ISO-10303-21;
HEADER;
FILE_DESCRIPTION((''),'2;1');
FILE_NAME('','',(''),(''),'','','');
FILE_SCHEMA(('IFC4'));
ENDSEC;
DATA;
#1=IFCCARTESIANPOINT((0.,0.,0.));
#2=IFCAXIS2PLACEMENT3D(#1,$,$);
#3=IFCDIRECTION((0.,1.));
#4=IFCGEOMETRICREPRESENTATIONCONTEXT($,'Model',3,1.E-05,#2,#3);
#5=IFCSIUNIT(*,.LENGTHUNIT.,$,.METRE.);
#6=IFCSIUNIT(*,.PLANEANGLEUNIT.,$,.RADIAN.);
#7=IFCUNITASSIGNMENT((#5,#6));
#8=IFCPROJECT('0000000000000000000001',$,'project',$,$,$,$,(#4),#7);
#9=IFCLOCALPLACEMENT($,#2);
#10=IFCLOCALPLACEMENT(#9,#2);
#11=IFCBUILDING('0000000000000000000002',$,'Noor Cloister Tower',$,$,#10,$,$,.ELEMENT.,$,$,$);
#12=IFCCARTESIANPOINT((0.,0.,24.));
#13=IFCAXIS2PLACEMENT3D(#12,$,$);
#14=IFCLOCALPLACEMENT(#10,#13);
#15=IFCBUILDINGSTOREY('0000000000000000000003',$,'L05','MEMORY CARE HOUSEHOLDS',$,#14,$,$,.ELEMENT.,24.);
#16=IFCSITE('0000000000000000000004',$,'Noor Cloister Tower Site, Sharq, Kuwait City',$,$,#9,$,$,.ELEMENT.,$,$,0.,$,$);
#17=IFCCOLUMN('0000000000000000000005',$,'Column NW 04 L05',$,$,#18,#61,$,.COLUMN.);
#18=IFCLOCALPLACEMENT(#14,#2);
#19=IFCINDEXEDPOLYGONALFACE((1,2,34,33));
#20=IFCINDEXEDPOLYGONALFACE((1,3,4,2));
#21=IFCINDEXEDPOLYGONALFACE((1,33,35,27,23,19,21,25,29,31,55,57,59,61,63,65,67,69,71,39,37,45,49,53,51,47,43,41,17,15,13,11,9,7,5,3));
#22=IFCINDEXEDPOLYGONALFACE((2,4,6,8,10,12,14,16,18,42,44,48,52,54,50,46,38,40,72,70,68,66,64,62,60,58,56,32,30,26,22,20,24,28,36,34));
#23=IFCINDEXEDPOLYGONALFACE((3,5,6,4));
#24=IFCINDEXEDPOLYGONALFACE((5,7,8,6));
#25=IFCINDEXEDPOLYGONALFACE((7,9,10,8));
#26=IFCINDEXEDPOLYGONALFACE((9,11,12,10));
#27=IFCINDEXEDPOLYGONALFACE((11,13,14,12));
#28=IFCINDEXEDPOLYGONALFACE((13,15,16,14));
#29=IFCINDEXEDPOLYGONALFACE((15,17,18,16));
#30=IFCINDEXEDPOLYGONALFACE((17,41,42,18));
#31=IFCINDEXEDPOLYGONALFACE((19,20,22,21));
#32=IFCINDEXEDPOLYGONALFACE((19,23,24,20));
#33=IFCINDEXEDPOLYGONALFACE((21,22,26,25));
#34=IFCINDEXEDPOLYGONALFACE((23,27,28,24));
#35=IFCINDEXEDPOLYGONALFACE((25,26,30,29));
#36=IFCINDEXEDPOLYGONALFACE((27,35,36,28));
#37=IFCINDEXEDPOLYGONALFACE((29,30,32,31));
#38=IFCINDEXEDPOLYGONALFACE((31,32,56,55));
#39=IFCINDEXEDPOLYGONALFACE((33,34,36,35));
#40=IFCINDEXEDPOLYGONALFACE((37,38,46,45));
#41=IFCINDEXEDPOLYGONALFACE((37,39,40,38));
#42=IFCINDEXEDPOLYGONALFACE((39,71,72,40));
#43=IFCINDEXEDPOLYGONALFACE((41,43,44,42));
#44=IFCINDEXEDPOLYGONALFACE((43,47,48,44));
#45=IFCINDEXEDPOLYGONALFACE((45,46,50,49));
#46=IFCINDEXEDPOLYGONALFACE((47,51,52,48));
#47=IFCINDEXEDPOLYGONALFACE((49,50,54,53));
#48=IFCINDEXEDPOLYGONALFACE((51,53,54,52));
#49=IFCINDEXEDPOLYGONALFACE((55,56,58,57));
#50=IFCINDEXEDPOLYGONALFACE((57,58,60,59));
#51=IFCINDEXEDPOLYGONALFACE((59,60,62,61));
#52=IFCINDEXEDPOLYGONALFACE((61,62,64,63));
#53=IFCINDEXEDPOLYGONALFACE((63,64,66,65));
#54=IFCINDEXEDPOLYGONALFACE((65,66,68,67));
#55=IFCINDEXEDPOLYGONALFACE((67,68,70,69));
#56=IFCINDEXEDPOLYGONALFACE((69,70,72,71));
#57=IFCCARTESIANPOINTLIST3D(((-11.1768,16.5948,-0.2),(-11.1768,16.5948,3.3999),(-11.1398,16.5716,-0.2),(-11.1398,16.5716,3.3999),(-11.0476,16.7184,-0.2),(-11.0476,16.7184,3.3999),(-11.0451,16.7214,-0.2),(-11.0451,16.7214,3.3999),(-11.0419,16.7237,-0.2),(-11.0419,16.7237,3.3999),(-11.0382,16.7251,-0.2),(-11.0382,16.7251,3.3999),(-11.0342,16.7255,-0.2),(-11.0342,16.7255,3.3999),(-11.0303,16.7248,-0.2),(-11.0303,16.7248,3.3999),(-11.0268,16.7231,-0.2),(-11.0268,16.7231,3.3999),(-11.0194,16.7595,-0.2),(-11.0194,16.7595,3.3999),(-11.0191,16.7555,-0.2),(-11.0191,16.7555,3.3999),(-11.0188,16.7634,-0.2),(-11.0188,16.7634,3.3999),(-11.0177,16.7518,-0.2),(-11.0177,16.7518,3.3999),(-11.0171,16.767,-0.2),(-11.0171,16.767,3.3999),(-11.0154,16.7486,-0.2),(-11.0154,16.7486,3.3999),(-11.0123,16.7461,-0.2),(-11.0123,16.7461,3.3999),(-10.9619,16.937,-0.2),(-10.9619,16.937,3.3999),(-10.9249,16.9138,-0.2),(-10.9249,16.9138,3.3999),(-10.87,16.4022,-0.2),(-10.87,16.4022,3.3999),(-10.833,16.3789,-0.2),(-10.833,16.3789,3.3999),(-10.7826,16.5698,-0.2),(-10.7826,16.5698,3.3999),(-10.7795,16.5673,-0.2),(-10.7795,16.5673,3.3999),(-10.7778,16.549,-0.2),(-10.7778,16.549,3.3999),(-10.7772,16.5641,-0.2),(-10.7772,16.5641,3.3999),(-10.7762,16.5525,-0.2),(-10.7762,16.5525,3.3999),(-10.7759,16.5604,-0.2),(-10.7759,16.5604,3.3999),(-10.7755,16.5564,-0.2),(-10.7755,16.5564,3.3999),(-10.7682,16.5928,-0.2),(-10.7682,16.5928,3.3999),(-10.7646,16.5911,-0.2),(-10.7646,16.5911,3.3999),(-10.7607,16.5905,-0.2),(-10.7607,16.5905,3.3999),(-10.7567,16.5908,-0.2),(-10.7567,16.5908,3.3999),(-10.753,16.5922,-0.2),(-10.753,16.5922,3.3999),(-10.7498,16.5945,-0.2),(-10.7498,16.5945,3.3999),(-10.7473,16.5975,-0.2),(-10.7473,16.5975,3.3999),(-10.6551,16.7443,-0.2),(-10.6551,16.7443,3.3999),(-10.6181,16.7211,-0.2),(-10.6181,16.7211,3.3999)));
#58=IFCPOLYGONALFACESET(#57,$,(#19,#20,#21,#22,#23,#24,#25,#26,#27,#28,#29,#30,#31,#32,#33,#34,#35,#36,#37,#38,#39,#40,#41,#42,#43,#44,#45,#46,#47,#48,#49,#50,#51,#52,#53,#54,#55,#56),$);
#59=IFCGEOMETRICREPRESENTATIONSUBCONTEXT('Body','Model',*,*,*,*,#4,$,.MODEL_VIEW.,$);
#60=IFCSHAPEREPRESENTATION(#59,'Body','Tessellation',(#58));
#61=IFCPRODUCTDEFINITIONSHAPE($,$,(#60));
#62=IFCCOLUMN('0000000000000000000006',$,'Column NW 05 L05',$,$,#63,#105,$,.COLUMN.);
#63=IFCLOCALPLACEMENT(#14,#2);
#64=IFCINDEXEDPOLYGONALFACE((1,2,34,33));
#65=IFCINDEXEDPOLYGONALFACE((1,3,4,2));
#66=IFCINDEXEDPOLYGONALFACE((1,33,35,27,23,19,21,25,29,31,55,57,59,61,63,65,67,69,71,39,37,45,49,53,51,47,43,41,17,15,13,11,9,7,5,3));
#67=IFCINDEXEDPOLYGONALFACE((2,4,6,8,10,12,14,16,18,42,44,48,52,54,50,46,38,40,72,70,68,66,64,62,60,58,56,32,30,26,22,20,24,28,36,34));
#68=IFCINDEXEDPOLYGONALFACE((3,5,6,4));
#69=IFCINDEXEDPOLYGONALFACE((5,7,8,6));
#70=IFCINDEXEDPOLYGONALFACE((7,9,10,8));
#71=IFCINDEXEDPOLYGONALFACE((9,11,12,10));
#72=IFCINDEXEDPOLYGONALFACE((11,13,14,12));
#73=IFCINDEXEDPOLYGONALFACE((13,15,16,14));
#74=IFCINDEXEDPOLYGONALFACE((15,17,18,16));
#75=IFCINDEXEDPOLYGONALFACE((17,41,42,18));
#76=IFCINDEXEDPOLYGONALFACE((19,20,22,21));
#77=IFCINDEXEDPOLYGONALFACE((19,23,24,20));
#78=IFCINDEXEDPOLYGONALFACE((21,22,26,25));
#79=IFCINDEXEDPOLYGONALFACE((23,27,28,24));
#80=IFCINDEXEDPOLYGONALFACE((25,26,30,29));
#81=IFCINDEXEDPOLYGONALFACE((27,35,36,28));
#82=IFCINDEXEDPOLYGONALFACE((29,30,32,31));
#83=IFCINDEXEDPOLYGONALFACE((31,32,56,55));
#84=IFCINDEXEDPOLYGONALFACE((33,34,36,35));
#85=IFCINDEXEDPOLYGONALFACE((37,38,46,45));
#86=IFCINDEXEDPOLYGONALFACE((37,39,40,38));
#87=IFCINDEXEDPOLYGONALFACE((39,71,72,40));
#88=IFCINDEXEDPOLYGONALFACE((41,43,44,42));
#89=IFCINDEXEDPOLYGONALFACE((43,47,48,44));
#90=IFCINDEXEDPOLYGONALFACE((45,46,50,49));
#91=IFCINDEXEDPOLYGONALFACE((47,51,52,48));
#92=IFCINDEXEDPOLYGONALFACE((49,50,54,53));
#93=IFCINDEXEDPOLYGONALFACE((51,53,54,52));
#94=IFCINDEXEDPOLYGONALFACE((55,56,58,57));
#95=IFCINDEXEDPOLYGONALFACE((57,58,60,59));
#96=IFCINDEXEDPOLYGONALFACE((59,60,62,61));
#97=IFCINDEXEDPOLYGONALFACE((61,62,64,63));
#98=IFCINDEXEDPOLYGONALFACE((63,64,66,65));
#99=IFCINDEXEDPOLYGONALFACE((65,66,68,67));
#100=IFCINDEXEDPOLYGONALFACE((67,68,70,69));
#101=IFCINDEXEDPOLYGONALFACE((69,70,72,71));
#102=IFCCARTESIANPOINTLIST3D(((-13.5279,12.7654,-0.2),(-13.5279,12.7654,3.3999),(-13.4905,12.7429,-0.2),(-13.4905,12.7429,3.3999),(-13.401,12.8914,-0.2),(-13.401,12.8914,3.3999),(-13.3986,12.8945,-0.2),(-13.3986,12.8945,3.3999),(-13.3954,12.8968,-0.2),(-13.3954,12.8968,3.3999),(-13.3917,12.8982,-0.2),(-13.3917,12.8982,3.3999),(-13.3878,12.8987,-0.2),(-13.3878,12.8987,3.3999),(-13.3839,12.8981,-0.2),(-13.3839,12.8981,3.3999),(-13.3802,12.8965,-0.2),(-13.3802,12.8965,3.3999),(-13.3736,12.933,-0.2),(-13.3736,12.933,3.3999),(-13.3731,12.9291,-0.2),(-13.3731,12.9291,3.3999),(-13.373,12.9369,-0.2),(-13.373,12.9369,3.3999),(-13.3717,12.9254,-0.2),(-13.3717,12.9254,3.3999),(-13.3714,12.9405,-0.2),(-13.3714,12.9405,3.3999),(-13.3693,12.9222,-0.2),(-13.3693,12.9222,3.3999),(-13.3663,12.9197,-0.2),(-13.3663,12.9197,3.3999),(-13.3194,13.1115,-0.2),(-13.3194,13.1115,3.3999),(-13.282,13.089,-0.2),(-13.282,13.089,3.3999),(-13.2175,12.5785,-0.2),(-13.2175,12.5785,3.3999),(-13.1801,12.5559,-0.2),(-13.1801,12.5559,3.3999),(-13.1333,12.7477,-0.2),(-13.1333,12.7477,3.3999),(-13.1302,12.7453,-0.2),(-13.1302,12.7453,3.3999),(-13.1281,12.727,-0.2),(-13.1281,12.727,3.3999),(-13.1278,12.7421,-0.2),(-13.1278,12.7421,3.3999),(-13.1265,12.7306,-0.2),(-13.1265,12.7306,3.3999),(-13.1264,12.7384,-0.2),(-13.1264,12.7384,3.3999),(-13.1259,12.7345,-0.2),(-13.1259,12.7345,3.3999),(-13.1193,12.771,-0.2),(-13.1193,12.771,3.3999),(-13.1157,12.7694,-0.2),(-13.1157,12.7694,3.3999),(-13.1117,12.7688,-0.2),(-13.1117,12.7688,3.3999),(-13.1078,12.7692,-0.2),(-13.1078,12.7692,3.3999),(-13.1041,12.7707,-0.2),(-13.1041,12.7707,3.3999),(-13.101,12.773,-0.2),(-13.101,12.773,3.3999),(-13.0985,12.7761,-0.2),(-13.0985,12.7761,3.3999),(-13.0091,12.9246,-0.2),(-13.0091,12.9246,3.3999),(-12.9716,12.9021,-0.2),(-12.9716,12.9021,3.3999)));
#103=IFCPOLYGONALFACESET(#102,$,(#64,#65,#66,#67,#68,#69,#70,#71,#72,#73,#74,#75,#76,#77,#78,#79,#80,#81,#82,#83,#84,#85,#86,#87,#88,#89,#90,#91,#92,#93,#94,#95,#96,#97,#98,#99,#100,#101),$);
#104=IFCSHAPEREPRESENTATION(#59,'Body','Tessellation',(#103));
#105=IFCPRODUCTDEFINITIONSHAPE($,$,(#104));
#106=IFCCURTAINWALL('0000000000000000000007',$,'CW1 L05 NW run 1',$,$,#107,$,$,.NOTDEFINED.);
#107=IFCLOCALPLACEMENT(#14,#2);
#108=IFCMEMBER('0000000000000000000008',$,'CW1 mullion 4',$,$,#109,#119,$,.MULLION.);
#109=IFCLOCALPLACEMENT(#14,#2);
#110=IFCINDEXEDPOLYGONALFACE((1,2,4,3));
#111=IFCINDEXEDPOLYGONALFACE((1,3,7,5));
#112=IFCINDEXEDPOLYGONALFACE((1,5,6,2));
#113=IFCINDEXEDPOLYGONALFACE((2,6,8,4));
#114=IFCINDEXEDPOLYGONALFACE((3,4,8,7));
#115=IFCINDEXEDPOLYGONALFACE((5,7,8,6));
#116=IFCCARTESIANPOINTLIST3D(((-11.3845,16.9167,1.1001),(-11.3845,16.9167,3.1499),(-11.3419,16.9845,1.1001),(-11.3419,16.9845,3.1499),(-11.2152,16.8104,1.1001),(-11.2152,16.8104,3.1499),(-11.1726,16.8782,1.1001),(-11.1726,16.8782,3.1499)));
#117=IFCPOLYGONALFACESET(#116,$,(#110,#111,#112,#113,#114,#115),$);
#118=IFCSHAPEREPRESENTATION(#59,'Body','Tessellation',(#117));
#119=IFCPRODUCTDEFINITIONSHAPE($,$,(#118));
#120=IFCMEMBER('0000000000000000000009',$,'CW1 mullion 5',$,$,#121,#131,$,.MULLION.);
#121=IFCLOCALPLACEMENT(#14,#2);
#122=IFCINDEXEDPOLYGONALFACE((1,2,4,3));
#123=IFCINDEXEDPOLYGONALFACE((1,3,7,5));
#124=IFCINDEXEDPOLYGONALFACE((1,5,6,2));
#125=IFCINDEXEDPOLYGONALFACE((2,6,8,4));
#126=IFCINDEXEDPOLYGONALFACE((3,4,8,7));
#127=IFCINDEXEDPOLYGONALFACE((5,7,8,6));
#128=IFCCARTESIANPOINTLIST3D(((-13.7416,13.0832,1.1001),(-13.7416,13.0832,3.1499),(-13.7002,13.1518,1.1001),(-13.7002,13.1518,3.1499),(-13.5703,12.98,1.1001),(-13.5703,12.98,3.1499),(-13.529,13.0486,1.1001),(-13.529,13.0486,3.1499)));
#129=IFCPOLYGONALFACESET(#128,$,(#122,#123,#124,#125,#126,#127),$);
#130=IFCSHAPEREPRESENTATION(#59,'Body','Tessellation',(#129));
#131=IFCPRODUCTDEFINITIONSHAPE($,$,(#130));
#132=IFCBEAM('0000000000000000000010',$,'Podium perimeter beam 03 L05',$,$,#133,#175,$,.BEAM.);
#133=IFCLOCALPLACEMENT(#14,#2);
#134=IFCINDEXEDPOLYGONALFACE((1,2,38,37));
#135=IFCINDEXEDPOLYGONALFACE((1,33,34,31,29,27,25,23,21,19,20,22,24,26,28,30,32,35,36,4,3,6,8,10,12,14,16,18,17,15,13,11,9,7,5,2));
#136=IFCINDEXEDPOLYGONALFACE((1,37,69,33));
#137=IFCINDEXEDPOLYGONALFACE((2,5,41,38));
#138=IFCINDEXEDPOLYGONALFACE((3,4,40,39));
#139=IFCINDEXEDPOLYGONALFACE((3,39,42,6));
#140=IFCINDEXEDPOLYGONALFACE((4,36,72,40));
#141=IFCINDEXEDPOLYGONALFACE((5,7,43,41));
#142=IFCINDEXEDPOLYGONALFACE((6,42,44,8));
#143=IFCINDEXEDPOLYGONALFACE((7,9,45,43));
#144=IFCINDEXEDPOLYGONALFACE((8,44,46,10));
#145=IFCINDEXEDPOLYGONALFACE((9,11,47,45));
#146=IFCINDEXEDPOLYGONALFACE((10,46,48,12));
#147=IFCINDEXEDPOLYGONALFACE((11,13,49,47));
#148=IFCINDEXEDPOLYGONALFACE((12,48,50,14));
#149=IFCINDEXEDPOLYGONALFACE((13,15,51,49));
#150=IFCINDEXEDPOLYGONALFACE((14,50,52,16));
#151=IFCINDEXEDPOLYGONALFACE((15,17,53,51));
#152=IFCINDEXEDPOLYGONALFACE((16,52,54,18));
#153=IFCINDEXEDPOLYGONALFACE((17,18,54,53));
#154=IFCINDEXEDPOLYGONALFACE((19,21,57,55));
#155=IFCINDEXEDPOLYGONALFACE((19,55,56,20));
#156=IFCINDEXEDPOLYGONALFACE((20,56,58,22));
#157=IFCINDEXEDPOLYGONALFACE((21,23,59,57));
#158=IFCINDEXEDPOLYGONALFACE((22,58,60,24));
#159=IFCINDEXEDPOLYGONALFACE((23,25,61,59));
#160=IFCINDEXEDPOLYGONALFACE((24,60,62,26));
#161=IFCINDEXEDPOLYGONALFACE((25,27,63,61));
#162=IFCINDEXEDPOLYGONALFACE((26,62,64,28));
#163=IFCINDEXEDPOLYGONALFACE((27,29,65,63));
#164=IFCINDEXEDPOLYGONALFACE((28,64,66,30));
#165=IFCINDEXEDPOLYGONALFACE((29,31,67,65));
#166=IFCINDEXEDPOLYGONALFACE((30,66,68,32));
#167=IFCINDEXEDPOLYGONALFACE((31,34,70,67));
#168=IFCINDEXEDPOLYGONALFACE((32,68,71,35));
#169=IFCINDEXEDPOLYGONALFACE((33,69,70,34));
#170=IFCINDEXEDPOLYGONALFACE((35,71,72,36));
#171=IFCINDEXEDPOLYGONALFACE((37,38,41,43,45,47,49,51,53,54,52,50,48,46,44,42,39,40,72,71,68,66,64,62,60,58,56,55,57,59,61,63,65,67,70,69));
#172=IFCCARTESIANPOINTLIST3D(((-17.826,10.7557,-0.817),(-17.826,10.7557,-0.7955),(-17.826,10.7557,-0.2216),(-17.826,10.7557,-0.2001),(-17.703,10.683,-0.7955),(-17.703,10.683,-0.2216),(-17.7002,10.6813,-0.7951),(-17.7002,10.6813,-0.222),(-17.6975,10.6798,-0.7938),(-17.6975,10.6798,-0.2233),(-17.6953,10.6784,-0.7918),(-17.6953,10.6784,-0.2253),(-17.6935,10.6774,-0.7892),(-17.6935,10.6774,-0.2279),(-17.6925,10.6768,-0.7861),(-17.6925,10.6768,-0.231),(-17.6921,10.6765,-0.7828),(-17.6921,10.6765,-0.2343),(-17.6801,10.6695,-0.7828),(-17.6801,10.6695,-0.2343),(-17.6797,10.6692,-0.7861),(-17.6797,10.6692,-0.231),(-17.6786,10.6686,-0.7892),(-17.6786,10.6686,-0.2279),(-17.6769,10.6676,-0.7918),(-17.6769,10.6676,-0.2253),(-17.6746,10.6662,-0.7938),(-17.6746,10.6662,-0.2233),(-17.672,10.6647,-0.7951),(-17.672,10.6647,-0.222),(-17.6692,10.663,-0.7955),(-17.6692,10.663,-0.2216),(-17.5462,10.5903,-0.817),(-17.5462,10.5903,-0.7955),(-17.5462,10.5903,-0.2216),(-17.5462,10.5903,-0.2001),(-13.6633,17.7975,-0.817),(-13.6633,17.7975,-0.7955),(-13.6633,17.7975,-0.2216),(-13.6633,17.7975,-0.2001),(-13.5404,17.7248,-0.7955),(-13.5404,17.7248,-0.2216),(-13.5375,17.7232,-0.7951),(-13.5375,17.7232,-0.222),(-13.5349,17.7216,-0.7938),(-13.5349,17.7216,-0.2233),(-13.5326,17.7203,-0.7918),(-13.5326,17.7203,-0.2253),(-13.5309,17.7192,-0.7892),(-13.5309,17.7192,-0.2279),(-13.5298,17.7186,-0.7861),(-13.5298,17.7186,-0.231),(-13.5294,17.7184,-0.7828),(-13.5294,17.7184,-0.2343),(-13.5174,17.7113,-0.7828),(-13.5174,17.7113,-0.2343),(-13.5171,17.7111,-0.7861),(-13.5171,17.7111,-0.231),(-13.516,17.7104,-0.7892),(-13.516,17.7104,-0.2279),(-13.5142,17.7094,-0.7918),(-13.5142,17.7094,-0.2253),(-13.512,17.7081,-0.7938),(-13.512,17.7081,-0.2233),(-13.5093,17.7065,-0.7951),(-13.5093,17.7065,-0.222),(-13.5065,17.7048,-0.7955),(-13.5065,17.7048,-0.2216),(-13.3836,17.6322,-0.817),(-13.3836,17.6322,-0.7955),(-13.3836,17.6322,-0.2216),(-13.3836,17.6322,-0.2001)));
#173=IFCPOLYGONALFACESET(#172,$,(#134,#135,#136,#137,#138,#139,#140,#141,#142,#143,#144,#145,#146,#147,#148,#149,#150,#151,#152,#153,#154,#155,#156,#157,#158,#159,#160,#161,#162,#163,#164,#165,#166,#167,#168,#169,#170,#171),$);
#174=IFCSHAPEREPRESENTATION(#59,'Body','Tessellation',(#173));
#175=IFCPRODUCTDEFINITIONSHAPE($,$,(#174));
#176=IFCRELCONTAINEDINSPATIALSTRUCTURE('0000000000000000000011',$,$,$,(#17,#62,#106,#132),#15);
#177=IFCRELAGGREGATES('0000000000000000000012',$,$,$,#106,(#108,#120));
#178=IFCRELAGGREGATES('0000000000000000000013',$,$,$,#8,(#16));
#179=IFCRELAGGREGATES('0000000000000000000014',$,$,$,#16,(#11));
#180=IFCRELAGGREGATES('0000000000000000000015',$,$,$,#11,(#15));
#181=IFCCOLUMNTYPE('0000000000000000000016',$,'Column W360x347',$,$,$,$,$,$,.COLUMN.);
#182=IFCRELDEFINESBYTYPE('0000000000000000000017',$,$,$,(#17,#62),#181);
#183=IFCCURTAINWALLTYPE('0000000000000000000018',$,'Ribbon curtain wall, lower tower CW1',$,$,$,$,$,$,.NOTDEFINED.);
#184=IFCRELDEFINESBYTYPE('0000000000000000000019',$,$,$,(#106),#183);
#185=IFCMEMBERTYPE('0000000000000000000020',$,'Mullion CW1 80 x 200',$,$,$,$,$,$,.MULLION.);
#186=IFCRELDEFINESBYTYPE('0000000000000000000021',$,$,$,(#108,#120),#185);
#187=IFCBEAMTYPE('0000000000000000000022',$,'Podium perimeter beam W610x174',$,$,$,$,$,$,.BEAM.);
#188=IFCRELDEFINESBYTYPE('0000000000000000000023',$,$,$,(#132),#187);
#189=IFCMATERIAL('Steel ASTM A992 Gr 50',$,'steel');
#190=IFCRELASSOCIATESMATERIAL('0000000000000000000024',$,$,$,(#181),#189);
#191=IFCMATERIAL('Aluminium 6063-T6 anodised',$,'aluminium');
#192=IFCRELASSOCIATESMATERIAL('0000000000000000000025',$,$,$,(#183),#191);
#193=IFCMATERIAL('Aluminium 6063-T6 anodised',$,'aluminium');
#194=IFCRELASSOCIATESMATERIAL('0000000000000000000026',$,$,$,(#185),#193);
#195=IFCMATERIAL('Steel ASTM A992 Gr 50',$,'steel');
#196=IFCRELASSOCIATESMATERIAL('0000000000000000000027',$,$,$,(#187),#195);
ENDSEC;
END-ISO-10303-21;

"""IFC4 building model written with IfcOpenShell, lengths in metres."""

from ifc_helpers import new_model, si_unit, direction, frame, origin, origin_2d, place, context, subcontext, project, spatial, rectangle, i_section, extrude, material, material_profile, profile_set, type_object, element, aggregate, save


model = new_model("IFC4")

# Units and contexts
model_context = context("Model", 3, precision=1e-05, world=origin(), true_north=direction((0.0, 1.0)))
body_context = subcontext(model_context, "Body", "Model", "MODEL_VIEW")
ifc_project = project(units=[si_unit("LENGTHUNIT", "METRE"), si_unit("PLANEANGLEUNIT", "RADIAN")], contexts=[model_context])

# Site, building, storey
site_placement = place(None, origin())
site = spatial("IfcSite", under=ifc_project, at=site_placement, Name="Noor Cloister Tower Site, Sharq, Kuwait City", CompositionType="ELEMENT", RefElevation=0.0)
building_placement = place(site_placement, origin())
building = spatial("IfcBuilding", under=site, at=building_placement, Name="Noor Cloister Tower", CompositionType="ELEMENT")
storey_placement = place(building_placement, frame((0.0, 0.0, 24.0)))
storey = spatial("IfcBuildingStorey", under=building, at=storey_placement, Name="L05", Description="MEMORY CARE HOUSEHOLDS", CompositionType="ELEMENT", Elevation=24.0)

# Columns
ifc_material_1 = material(Name="Steel ASTM A992 Gr 50", Category="steel")
ifc_material_profile_1 = material_profile(ifc_material_1, i_section(OverallWidth=0.4041, OverallDepth=0.406, WebThickness=0.0271, FlangeThickness=0.0437, FilletRadius=0.0151, at=origin_2d()), Name="W360x347")
ifc_profile_set_1 = profile_set([ifc_material_profile_1], Name="Steel ASTM A992 Gr 50")
column_type = type_object("IfcColumnType", Name="Column W360x347", PredefinedType="COLUMN", material=ifc_profile_set_1)
for number, where, z_axis, x_axis, name in (
    (1, (-10.8975, 16.658, -0.2), (0.0, 0.0, 1.0), (-0.531785, -0.84688, 0.0), "Column NW 04 L05"),
    (2, (-13.2498, 12.8337, -0.2), (0.0, 0.0, 1.0), (-0.515981, -0.8566, 0.0), "Column NW 05 L05"),
):
    element("IfcColumn", number, at=place(storey_placement, frame(where, z_axis=z_axis, x_axis=x_axis)), inside=storey, type_object=column_type, Name=name, PredefinedType="COLUMN", context=body_context, shape_type="SweptSolid", body=[
        extrude(i_section(OverallWidth=0.4041, OverallDepth=0.406, WebThickness=0.0271, FlangeThickness=0.0437, FilletRadius=0.0151, at=origin_2d()), origin(), (0.0, 0.0, 1.0), 3.5999),
    ])

# Curtain wall, members
ifc_material_2 = material(Name="Aluminium 6063-T6 anodised", Category="aluminium")
curtain_wall_type = type_object("IfcCurtainWallType", Name="Ribbon curtain wall, lower tower CW1", PredefinedType="NOTDEFINED", material=ifc_material_2)
curtain_wall_placement = place(storey_placement, origin())
curtain_wall = element("IfcCurtainWall", 3, at=curtain_wall_placement, inside=storey, type_object=curtain_wall_type, Name="CW1 L05 NW run 1", PredefinedType="NOTDEFINED")
ifc_material_3 = material(Name="Aluminium 6063-T6 anodised", Category="aluminium")
ifc_material_profile_2 = material_profile(ifc_material_3, rectangle(XDim=0.2, YDim=0.0801, at=origin_2d()), Name="200 x 80 mullion")
ifc_profile_set_2 = profile_set([ifc_material_profile_2], Name="Aluminium 6063-T6 anodised")
member_type = type_object("IfcMemberType", Name="Mullion CW1 80 x 200", PredefinedType="MULLION", material=ifc_profile_set_2)
member_1_placement = place(storey_placement, frame((-11.2786, 16.8975, 1.1001), z_axis=(0.0, 0.0, 1.0), x_axis=(0.84688, -0.531785, 0.0)))
member_1 = element("IfcMember", 4, at=member_1_placement, type_object=member_type, Name="CW1 mullion 4", PredefinedType="MULLION", context=body_context, shape_type="SweptSolid", body=[
    extrude(rectangle(XDim=0.2, YDim=0.0801, at=origin_2d()), origin(), (0.0, 0.0, 1.0), 2.0498),
])
member_2_placement = place(storey_placement, frame((-13.6353, 13.0659, 1.1001), z_axis=(0.0, 0.0, 1.0), x_axis=(0.8566, -0.515981, 0.0)))
member_2 = element("IfcMember", 5, at=member_2_placement, type_object=member_type, Name="CW1 mullion 5", PredefinedType="MULLION", context=body_context, shape_type="SweptSolid", body=[
    extrude(rectangle(XDim=0.2, YDim=0.0801, at=origin_2d()), origin(), (0.0, 0.0, 1.0), 2.0498),
])

# Beam
ifc_material_4 = material(Name="Steel ASTM A992 Gr 50", Category="steel")
ifc_material_profile_3 = material_profile(ifc_material_4, i_section(OverallWidth=0.325, OverallDepth=0.6169, WebThickness=0.0139, FlangeThickness=0.0215, FilletRadius=0.0127, at=origin_2d()), Name="W610x174")
ifc_profile_set_3 = profile_set([ifc_material_profile_3], Name="Steel ASTM A992 Gr 50")
beam_type_1 = type_object("IfcBeamType", Name="Podium perimeter beam W610x174", PredefinedType="BEAM", material=ifc_profile_set_3)
beam_1_placement = place(storey_placement, frame((-13.5234, 17.7148, -0.5085), z_axis=(-0.508871, -0.860843, 0.0), x_axis=(0.860843, -0.508871, 0.0)))
element("IfcBeam", 6, at=beam_1_placement, inside=storey, type_object=beam_type_1, Name="Podium perimeter beam 03 L05", PredefinedType="BEAM", context=body_context, shape_type="SweptSolid", body=[
    extrude(i_section(OverallWidth=0.325, OverallDepth=0.6169, WebThickness=0.0139, FlangeThickness=0.0215, FilletRadius=0.0127, at=origin_2d()), origin(), (0.0, 0.0, 1.0), 8.1802),
])

aggregate(curtain_wall, [member_1, member_2])

save(model, "model.ifc")
